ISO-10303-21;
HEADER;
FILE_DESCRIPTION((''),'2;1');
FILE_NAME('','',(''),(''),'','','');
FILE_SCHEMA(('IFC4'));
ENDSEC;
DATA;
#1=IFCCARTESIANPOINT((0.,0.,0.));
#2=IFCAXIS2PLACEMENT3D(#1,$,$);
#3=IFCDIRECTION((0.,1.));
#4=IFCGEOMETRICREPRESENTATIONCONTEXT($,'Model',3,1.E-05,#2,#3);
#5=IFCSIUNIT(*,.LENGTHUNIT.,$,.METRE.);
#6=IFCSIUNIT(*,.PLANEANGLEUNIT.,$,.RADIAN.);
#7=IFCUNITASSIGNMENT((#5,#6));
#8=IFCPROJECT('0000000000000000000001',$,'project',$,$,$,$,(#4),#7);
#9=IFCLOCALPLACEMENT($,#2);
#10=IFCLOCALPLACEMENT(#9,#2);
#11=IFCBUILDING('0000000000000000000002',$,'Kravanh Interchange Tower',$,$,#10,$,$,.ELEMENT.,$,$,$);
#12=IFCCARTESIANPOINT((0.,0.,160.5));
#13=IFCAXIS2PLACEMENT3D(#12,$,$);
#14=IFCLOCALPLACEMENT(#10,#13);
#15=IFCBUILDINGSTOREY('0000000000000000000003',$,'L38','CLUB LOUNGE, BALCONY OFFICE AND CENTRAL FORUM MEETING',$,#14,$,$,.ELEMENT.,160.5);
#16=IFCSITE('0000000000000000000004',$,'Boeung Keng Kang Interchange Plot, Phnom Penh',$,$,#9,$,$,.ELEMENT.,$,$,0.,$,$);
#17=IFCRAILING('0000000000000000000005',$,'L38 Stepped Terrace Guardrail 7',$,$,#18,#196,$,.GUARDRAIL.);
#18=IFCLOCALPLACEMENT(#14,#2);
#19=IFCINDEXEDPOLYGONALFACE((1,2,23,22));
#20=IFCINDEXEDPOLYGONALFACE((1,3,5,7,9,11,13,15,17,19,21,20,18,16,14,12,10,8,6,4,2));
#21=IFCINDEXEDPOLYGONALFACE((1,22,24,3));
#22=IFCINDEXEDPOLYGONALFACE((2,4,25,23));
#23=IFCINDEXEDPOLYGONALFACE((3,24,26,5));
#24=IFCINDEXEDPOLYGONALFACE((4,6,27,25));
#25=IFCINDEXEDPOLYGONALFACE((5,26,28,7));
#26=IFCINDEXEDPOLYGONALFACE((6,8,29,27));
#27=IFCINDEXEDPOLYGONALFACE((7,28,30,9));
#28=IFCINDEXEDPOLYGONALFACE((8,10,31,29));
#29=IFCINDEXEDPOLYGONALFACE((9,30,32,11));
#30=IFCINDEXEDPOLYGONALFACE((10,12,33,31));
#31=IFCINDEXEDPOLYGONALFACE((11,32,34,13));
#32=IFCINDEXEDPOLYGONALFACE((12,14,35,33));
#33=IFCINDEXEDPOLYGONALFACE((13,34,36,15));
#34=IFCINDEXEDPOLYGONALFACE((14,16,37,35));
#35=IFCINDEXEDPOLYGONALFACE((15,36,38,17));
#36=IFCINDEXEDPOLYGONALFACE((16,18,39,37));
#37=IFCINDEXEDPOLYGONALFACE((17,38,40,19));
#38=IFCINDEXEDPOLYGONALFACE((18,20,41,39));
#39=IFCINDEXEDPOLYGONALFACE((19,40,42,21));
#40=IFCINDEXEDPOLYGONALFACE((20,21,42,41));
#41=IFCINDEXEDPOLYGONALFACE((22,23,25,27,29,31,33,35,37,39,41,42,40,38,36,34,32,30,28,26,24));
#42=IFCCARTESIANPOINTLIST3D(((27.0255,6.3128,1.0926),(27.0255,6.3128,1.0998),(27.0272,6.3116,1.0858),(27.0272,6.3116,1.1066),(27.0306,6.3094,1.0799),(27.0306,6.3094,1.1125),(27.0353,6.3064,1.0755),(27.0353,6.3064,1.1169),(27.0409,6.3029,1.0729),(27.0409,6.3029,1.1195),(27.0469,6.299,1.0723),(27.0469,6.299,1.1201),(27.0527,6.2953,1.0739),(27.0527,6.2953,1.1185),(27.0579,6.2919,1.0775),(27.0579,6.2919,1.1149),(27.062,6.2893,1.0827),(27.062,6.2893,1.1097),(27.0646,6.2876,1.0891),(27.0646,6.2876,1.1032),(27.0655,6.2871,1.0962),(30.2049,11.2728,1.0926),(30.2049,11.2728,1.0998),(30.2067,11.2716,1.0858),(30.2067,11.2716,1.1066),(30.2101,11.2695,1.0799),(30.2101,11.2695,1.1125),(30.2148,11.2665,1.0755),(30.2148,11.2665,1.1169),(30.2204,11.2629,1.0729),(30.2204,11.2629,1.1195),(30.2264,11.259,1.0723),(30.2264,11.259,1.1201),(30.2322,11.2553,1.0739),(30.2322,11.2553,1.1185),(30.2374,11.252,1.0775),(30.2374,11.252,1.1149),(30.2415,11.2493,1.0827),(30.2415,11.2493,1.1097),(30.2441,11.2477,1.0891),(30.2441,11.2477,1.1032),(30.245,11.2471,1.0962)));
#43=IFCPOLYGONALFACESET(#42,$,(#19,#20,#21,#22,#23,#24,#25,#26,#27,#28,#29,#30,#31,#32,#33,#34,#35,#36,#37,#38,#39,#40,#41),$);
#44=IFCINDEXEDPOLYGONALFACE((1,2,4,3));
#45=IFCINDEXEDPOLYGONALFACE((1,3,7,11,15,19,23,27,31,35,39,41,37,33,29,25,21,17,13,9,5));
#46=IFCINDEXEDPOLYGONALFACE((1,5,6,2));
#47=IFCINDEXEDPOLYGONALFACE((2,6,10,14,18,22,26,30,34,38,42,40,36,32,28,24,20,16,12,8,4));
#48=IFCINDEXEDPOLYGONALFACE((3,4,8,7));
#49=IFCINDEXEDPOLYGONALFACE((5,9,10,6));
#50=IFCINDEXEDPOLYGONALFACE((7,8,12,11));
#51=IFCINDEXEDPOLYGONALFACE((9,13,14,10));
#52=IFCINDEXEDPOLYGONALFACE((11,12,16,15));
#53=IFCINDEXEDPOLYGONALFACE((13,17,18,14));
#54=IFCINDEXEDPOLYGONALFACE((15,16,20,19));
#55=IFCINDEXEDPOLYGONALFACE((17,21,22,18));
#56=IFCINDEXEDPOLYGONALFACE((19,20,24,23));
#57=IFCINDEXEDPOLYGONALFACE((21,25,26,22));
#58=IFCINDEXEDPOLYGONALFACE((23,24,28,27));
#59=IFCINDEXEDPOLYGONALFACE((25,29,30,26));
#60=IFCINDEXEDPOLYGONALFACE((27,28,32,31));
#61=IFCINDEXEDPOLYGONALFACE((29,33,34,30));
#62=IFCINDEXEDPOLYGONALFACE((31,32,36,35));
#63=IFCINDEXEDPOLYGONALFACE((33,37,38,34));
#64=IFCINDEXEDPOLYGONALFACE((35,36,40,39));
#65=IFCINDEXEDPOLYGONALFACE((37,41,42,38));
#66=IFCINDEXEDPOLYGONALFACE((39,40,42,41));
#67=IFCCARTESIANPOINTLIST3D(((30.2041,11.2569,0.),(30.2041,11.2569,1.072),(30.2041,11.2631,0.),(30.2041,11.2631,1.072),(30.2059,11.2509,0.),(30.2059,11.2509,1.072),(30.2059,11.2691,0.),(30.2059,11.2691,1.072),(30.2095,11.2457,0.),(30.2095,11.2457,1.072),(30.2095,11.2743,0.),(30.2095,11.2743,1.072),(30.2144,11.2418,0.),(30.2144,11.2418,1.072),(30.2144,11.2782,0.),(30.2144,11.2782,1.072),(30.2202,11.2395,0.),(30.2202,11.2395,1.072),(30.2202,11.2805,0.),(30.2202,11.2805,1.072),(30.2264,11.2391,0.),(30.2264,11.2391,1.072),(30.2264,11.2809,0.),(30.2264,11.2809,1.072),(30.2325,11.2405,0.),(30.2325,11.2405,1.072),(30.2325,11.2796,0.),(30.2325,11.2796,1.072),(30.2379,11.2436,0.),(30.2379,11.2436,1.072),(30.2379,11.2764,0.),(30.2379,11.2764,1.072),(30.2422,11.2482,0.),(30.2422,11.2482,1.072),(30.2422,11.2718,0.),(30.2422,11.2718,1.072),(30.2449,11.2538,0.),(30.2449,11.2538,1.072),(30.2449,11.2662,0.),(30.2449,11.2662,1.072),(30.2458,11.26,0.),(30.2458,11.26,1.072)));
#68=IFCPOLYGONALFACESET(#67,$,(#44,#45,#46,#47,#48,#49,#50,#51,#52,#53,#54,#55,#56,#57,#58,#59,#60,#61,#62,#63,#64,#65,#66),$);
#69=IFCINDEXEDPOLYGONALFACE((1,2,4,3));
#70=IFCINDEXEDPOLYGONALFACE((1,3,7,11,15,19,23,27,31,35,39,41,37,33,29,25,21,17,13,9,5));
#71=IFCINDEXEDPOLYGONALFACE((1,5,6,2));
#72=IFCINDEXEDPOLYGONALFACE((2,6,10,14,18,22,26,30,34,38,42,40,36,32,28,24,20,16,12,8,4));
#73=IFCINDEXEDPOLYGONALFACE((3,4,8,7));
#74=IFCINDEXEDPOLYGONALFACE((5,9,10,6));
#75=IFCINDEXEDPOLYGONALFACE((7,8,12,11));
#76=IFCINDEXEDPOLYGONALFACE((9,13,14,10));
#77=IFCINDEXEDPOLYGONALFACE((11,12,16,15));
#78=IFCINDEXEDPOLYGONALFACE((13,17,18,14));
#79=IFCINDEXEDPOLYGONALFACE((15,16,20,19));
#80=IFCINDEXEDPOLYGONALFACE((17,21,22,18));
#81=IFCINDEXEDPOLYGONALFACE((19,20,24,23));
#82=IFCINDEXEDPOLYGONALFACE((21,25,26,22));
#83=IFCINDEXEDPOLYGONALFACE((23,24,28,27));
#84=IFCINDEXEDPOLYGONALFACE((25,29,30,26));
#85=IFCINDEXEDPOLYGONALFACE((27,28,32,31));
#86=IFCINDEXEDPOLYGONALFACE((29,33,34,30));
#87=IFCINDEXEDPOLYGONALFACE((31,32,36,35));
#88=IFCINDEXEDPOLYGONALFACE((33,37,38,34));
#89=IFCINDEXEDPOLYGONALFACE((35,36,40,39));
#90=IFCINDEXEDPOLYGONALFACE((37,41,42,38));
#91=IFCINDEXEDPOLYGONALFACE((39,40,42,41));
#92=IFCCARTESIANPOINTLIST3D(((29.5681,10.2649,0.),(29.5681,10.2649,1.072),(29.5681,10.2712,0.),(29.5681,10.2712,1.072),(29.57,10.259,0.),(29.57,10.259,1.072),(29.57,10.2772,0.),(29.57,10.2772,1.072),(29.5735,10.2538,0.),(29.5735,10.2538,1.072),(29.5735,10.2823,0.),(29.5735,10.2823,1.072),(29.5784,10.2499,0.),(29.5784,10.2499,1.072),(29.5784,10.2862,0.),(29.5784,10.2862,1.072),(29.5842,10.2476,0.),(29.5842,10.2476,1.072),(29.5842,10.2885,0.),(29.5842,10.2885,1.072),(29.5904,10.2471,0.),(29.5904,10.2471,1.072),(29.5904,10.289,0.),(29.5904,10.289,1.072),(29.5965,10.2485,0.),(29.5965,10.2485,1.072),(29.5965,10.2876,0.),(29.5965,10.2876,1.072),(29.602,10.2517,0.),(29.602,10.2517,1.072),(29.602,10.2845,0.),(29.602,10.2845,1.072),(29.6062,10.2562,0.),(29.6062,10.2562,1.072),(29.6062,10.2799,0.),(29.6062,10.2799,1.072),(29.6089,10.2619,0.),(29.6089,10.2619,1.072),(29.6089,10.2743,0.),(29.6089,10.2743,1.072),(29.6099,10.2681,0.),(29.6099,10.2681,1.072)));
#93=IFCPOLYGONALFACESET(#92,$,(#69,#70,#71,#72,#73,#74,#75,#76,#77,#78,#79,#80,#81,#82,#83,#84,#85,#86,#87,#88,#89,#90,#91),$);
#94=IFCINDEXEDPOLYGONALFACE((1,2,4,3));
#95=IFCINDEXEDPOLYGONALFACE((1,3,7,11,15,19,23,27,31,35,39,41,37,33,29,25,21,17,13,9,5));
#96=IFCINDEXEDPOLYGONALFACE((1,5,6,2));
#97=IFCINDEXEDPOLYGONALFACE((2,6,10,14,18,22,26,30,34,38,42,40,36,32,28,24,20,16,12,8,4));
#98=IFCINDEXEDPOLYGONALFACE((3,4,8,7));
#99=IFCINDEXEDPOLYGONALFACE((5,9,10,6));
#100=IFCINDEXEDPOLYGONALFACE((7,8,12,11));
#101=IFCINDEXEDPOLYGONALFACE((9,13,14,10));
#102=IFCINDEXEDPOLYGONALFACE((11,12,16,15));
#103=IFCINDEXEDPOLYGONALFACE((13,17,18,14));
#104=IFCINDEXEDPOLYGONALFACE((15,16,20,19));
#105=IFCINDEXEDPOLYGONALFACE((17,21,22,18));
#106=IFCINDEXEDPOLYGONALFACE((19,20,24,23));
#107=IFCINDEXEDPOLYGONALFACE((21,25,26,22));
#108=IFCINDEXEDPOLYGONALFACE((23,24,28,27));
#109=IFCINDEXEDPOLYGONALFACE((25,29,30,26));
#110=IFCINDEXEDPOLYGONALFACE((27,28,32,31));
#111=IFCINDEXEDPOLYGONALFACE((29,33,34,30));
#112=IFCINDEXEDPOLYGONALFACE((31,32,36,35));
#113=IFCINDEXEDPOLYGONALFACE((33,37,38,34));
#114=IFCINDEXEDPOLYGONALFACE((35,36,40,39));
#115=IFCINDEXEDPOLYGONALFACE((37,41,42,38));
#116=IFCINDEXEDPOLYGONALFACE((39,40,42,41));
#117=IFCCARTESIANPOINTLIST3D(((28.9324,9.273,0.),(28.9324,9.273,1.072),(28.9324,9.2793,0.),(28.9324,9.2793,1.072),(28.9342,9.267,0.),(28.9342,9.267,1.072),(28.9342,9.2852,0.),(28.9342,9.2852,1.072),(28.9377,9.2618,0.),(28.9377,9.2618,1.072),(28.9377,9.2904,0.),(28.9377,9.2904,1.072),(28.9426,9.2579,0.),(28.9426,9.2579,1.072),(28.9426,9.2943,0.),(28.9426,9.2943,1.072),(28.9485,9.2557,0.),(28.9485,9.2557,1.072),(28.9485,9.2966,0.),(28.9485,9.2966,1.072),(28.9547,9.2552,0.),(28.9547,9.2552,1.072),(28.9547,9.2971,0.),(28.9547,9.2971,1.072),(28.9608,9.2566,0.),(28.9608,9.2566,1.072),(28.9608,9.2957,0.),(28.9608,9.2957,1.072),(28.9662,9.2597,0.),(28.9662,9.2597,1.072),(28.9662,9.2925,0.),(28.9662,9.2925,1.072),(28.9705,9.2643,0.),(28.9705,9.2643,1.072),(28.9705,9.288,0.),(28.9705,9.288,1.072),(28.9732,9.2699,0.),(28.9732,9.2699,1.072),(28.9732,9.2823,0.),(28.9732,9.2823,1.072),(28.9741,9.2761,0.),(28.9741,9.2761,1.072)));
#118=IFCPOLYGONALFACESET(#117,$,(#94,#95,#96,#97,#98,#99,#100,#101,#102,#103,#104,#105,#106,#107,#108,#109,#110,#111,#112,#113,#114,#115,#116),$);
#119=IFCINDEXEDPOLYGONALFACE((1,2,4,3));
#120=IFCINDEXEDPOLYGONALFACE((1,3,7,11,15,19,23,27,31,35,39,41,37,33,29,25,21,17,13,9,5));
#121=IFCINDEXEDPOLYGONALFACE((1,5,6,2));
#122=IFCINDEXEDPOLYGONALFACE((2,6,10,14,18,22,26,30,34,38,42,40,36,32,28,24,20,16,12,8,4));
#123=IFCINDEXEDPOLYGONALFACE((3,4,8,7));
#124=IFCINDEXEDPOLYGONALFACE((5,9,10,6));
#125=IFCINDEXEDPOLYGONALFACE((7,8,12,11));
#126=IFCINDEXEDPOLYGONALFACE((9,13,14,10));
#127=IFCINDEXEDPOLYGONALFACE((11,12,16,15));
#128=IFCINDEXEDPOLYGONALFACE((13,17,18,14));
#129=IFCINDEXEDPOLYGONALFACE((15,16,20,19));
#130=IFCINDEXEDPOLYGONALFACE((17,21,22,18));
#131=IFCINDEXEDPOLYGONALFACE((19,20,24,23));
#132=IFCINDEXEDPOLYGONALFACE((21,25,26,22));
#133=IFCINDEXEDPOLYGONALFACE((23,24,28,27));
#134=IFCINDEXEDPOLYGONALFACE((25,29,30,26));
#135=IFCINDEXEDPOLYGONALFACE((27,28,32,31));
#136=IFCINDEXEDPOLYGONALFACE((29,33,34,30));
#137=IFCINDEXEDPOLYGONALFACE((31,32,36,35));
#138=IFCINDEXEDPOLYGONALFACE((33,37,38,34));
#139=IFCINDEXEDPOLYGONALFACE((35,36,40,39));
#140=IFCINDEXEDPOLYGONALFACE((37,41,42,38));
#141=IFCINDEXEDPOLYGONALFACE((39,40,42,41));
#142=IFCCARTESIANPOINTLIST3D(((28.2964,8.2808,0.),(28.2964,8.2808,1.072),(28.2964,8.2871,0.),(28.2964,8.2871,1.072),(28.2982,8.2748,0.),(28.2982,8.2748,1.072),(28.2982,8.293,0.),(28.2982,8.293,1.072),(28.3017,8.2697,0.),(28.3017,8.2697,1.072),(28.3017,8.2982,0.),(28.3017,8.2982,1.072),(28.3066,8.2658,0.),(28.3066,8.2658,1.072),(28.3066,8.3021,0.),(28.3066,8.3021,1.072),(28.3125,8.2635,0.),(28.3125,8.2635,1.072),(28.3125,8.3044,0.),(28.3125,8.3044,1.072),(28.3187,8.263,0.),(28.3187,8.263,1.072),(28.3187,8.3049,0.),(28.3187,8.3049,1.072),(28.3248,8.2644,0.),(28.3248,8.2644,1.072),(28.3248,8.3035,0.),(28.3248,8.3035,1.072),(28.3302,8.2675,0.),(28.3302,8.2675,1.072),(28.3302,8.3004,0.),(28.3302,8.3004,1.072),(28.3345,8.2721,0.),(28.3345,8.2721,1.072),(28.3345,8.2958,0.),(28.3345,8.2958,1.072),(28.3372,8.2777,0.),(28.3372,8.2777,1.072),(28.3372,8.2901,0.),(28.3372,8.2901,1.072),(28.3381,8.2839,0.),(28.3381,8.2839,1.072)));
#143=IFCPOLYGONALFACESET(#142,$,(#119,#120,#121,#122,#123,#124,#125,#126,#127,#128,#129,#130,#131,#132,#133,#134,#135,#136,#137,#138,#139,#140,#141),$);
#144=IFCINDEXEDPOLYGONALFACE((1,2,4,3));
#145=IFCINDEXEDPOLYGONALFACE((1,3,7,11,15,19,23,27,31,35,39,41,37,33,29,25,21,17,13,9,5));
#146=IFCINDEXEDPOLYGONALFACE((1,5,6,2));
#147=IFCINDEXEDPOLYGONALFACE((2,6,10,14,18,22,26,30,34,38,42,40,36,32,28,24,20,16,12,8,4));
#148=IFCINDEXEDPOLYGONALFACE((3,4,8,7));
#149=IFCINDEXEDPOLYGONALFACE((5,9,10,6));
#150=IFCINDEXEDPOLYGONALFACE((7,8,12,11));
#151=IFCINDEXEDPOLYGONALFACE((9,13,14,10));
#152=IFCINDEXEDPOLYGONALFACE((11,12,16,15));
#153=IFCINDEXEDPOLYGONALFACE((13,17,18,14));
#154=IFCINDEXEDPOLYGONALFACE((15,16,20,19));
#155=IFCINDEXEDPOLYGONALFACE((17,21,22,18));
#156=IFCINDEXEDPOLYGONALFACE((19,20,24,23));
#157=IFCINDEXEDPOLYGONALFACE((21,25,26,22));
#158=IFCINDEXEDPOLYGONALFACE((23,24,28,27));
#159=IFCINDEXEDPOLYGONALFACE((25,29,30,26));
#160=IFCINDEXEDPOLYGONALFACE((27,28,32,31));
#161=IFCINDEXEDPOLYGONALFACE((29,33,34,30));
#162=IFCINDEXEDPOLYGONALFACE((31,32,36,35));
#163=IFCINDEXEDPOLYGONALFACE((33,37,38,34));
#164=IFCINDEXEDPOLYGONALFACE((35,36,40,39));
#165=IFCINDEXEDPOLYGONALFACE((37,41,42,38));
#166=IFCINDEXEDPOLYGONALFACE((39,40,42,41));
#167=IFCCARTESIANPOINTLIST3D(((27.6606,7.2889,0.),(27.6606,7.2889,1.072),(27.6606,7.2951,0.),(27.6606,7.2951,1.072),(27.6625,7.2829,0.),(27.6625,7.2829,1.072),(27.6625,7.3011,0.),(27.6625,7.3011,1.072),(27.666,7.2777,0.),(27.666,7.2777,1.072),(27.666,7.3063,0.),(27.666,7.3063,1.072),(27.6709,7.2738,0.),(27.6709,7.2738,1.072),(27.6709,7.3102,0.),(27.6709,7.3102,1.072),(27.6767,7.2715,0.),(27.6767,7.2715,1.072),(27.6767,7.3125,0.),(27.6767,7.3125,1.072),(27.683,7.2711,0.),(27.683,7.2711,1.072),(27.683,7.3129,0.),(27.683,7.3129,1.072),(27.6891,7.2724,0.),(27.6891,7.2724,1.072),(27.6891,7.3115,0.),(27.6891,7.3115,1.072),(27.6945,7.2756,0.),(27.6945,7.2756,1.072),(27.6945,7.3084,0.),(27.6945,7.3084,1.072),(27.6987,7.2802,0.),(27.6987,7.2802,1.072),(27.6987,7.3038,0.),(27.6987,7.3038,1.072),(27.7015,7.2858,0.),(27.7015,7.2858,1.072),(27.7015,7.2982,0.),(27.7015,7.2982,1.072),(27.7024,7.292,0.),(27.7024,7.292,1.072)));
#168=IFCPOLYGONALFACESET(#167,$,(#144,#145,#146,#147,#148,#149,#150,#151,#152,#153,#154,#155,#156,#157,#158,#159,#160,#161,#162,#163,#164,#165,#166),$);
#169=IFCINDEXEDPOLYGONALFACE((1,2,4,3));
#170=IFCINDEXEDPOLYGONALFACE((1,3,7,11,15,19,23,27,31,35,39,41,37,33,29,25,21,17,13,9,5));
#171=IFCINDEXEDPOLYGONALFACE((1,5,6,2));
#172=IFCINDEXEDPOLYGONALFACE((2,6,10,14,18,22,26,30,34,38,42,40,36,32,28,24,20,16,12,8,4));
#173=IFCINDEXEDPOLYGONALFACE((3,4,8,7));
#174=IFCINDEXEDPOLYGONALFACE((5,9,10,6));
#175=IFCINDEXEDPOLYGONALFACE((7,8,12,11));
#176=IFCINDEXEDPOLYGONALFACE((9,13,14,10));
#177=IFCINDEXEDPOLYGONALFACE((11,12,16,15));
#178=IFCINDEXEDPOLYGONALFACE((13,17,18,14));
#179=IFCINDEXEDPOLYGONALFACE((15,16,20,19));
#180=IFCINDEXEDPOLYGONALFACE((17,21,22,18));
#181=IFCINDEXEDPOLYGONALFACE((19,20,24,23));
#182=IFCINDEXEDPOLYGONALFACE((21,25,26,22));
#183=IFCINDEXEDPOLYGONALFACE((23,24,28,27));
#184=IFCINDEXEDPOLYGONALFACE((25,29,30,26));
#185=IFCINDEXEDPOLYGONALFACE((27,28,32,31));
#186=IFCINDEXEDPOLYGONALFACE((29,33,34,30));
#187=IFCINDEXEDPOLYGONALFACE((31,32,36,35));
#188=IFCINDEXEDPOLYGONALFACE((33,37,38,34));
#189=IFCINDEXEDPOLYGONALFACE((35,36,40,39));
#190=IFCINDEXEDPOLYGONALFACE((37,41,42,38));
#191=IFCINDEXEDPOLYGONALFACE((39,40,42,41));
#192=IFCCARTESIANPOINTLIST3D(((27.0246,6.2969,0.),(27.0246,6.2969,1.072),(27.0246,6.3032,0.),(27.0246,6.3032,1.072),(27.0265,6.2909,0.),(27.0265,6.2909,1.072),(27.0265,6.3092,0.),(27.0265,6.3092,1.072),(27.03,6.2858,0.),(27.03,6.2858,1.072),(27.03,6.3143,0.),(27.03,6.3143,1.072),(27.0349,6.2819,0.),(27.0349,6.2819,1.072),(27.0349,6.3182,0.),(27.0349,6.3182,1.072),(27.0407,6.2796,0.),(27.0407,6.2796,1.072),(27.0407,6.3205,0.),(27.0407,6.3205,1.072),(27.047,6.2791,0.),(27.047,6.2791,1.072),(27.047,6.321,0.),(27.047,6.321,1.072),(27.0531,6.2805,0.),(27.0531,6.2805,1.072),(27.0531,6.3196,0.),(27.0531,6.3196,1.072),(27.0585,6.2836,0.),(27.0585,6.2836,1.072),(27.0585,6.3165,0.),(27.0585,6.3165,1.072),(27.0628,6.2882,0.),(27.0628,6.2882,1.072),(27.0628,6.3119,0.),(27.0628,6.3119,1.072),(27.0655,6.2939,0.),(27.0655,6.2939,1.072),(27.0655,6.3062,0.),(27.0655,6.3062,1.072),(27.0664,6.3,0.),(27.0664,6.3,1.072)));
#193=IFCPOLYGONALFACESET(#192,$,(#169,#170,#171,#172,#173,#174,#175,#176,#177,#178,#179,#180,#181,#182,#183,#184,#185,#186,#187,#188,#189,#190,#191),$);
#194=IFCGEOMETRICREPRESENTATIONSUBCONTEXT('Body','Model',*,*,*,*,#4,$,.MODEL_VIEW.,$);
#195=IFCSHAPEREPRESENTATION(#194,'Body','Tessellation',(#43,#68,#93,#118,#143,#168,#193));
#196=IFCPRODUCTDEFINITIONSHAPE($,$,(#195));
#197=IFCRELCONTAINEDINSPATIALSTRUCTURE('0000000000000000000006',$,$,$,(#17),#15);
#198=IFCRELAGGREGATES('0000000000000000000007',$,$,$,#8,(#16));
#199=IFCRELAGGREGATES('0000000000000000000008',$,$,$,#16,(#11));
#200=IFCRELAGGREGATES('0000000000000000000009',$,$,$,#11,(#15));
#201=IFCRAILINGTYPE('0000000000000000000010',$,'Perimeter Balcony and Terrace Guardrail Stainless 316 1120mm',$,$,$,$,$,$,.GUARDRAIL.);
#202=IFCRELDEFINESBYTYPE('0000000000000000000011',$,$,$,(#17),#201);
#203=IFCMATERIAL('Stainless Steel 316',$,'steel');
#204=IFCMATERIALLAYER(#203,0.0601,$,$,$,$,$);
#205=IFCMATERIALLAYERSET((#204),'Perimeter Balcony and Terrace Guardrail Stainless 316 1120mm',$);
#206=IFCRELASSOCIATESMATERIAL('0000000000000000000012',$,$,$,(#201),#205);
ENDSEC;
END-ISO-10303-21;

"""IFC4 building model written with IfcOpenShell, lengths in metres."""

from ifc_helpers import new_model, si_unit, direction, frame, origin, origin_2d, place, context, subcontext, project, spatial, circle, extrude, material, layer, layer_set, type_object, element, save


model = new_model("IFC4")

# Units and contexts
model_context = context("Model", 3, precision=1e-05, world=origin(), true_north=direction((0.0, 1.0)))
body_context = subcontext(model_context, "Body", "Model", "MODEL_VIEW")
ifc_project = project(units=[si_unit("LENGTHUNIT", "METRE"), si_unit("PLANEANGLEUNIT", "RADIAN")], contexts=[model_context])

# Site, building, storey
site_placement = place(None, origin())
site = spatial("IfcSite", under=ifc_project, at=site_placement, Name="Boeung Keng Kang Interchange Plot, Phnom Penh", CompositionType="ELEMENT", RefElevation=0.0)
building_placement = place(site_placement, origin())
building = spatial("IfcBuilding", under=site, at=building_placement, Name="Kravanh Interchange Tower", CompositionType="ELEMENT")
storey_placement = place(building_placement, frame((0.0, 0.0, 160.5)))
storey = spatial("IfcBuildingStorey", under=building, at=storey_placement, Name="L38", Description="CLUB LOUNGE, BALCONY OFFICE AND CENTRAL FORUM MEETING", CompositionType="ELEMENT", Elevation=160.5)

# Railing
ifc_material_1 = material(Name="Stainless Steel 316", Category="steel")
ifc_layer_1 = layer(ifc_material_1, 0.0601)
ifc_layer_set_1 = layer_set([ifc_layer_1], Name="Perimeter Balcony and Terrace Guardrail Stainless 316 1120mm")
railing_type = type_object("IfcRailingType", Name="Perimeter Balcony and Terrace Guardrail Stainless 316 1120mm", PredefinedType="GUARDRAIL", material=ifc_layer_set_1)
railing_1_placement = place(storey_placement, frame((30.2249, 11.26, 0.0)))
element("IfcRailing", 1, at=railing_1_placement, inside=storey, type_object=railing_type, Name="L38 Stepped Terrace Guardrail 7", PredefinedType="GUARDRAIL", context=body_context, shape_type="SweptSolid", body=[
    extrude(circle(Radius=0.0239, at=origin_2d()), frame((0.0, 0.0, 1.0962), z_axis=(-0.539664, -0.841881, 0.0), x_axis=(0.841881, -0.539664, 0.0)), (0.0, 0.0, 1.0), 5.8916),
    extrude(circle(Radius=0.021, at=origin_2d()), origin(), (0.0, 0.0, 1.0), 1.072),
    extrude(circle(Radius=0.021, at=origin_2d()), frame((-0.636, -0.9919, 0.0)), (0.0, 0.0, 1.0), 1.072),
    extrude(circle(Radius=0.021, at=origin_2d()), frame((-1.2717, -1.9839, 0.0)), (0.0, 0.0, 1.0), 1.072),
    extrude(circle(Radius=0.021, at=origin_2d()), frame((-1.9077, -2.9761, 0.0)), (0.0, 0.0, 1.0), 1.072),
    extrude(circle(Radius=0.021, at=origin_2d()), frame((-2.5435, -3.968, 0.0)), (0.0, 0.0, 1.0), 1.072),
    extrude(circle(Radius=0.021, at=origin_2d()), frame((-3.1794, -4.96, 0.0)), (0.0, 0.0, 1.0), 1.072),
])

save(model, "model.ifc")
